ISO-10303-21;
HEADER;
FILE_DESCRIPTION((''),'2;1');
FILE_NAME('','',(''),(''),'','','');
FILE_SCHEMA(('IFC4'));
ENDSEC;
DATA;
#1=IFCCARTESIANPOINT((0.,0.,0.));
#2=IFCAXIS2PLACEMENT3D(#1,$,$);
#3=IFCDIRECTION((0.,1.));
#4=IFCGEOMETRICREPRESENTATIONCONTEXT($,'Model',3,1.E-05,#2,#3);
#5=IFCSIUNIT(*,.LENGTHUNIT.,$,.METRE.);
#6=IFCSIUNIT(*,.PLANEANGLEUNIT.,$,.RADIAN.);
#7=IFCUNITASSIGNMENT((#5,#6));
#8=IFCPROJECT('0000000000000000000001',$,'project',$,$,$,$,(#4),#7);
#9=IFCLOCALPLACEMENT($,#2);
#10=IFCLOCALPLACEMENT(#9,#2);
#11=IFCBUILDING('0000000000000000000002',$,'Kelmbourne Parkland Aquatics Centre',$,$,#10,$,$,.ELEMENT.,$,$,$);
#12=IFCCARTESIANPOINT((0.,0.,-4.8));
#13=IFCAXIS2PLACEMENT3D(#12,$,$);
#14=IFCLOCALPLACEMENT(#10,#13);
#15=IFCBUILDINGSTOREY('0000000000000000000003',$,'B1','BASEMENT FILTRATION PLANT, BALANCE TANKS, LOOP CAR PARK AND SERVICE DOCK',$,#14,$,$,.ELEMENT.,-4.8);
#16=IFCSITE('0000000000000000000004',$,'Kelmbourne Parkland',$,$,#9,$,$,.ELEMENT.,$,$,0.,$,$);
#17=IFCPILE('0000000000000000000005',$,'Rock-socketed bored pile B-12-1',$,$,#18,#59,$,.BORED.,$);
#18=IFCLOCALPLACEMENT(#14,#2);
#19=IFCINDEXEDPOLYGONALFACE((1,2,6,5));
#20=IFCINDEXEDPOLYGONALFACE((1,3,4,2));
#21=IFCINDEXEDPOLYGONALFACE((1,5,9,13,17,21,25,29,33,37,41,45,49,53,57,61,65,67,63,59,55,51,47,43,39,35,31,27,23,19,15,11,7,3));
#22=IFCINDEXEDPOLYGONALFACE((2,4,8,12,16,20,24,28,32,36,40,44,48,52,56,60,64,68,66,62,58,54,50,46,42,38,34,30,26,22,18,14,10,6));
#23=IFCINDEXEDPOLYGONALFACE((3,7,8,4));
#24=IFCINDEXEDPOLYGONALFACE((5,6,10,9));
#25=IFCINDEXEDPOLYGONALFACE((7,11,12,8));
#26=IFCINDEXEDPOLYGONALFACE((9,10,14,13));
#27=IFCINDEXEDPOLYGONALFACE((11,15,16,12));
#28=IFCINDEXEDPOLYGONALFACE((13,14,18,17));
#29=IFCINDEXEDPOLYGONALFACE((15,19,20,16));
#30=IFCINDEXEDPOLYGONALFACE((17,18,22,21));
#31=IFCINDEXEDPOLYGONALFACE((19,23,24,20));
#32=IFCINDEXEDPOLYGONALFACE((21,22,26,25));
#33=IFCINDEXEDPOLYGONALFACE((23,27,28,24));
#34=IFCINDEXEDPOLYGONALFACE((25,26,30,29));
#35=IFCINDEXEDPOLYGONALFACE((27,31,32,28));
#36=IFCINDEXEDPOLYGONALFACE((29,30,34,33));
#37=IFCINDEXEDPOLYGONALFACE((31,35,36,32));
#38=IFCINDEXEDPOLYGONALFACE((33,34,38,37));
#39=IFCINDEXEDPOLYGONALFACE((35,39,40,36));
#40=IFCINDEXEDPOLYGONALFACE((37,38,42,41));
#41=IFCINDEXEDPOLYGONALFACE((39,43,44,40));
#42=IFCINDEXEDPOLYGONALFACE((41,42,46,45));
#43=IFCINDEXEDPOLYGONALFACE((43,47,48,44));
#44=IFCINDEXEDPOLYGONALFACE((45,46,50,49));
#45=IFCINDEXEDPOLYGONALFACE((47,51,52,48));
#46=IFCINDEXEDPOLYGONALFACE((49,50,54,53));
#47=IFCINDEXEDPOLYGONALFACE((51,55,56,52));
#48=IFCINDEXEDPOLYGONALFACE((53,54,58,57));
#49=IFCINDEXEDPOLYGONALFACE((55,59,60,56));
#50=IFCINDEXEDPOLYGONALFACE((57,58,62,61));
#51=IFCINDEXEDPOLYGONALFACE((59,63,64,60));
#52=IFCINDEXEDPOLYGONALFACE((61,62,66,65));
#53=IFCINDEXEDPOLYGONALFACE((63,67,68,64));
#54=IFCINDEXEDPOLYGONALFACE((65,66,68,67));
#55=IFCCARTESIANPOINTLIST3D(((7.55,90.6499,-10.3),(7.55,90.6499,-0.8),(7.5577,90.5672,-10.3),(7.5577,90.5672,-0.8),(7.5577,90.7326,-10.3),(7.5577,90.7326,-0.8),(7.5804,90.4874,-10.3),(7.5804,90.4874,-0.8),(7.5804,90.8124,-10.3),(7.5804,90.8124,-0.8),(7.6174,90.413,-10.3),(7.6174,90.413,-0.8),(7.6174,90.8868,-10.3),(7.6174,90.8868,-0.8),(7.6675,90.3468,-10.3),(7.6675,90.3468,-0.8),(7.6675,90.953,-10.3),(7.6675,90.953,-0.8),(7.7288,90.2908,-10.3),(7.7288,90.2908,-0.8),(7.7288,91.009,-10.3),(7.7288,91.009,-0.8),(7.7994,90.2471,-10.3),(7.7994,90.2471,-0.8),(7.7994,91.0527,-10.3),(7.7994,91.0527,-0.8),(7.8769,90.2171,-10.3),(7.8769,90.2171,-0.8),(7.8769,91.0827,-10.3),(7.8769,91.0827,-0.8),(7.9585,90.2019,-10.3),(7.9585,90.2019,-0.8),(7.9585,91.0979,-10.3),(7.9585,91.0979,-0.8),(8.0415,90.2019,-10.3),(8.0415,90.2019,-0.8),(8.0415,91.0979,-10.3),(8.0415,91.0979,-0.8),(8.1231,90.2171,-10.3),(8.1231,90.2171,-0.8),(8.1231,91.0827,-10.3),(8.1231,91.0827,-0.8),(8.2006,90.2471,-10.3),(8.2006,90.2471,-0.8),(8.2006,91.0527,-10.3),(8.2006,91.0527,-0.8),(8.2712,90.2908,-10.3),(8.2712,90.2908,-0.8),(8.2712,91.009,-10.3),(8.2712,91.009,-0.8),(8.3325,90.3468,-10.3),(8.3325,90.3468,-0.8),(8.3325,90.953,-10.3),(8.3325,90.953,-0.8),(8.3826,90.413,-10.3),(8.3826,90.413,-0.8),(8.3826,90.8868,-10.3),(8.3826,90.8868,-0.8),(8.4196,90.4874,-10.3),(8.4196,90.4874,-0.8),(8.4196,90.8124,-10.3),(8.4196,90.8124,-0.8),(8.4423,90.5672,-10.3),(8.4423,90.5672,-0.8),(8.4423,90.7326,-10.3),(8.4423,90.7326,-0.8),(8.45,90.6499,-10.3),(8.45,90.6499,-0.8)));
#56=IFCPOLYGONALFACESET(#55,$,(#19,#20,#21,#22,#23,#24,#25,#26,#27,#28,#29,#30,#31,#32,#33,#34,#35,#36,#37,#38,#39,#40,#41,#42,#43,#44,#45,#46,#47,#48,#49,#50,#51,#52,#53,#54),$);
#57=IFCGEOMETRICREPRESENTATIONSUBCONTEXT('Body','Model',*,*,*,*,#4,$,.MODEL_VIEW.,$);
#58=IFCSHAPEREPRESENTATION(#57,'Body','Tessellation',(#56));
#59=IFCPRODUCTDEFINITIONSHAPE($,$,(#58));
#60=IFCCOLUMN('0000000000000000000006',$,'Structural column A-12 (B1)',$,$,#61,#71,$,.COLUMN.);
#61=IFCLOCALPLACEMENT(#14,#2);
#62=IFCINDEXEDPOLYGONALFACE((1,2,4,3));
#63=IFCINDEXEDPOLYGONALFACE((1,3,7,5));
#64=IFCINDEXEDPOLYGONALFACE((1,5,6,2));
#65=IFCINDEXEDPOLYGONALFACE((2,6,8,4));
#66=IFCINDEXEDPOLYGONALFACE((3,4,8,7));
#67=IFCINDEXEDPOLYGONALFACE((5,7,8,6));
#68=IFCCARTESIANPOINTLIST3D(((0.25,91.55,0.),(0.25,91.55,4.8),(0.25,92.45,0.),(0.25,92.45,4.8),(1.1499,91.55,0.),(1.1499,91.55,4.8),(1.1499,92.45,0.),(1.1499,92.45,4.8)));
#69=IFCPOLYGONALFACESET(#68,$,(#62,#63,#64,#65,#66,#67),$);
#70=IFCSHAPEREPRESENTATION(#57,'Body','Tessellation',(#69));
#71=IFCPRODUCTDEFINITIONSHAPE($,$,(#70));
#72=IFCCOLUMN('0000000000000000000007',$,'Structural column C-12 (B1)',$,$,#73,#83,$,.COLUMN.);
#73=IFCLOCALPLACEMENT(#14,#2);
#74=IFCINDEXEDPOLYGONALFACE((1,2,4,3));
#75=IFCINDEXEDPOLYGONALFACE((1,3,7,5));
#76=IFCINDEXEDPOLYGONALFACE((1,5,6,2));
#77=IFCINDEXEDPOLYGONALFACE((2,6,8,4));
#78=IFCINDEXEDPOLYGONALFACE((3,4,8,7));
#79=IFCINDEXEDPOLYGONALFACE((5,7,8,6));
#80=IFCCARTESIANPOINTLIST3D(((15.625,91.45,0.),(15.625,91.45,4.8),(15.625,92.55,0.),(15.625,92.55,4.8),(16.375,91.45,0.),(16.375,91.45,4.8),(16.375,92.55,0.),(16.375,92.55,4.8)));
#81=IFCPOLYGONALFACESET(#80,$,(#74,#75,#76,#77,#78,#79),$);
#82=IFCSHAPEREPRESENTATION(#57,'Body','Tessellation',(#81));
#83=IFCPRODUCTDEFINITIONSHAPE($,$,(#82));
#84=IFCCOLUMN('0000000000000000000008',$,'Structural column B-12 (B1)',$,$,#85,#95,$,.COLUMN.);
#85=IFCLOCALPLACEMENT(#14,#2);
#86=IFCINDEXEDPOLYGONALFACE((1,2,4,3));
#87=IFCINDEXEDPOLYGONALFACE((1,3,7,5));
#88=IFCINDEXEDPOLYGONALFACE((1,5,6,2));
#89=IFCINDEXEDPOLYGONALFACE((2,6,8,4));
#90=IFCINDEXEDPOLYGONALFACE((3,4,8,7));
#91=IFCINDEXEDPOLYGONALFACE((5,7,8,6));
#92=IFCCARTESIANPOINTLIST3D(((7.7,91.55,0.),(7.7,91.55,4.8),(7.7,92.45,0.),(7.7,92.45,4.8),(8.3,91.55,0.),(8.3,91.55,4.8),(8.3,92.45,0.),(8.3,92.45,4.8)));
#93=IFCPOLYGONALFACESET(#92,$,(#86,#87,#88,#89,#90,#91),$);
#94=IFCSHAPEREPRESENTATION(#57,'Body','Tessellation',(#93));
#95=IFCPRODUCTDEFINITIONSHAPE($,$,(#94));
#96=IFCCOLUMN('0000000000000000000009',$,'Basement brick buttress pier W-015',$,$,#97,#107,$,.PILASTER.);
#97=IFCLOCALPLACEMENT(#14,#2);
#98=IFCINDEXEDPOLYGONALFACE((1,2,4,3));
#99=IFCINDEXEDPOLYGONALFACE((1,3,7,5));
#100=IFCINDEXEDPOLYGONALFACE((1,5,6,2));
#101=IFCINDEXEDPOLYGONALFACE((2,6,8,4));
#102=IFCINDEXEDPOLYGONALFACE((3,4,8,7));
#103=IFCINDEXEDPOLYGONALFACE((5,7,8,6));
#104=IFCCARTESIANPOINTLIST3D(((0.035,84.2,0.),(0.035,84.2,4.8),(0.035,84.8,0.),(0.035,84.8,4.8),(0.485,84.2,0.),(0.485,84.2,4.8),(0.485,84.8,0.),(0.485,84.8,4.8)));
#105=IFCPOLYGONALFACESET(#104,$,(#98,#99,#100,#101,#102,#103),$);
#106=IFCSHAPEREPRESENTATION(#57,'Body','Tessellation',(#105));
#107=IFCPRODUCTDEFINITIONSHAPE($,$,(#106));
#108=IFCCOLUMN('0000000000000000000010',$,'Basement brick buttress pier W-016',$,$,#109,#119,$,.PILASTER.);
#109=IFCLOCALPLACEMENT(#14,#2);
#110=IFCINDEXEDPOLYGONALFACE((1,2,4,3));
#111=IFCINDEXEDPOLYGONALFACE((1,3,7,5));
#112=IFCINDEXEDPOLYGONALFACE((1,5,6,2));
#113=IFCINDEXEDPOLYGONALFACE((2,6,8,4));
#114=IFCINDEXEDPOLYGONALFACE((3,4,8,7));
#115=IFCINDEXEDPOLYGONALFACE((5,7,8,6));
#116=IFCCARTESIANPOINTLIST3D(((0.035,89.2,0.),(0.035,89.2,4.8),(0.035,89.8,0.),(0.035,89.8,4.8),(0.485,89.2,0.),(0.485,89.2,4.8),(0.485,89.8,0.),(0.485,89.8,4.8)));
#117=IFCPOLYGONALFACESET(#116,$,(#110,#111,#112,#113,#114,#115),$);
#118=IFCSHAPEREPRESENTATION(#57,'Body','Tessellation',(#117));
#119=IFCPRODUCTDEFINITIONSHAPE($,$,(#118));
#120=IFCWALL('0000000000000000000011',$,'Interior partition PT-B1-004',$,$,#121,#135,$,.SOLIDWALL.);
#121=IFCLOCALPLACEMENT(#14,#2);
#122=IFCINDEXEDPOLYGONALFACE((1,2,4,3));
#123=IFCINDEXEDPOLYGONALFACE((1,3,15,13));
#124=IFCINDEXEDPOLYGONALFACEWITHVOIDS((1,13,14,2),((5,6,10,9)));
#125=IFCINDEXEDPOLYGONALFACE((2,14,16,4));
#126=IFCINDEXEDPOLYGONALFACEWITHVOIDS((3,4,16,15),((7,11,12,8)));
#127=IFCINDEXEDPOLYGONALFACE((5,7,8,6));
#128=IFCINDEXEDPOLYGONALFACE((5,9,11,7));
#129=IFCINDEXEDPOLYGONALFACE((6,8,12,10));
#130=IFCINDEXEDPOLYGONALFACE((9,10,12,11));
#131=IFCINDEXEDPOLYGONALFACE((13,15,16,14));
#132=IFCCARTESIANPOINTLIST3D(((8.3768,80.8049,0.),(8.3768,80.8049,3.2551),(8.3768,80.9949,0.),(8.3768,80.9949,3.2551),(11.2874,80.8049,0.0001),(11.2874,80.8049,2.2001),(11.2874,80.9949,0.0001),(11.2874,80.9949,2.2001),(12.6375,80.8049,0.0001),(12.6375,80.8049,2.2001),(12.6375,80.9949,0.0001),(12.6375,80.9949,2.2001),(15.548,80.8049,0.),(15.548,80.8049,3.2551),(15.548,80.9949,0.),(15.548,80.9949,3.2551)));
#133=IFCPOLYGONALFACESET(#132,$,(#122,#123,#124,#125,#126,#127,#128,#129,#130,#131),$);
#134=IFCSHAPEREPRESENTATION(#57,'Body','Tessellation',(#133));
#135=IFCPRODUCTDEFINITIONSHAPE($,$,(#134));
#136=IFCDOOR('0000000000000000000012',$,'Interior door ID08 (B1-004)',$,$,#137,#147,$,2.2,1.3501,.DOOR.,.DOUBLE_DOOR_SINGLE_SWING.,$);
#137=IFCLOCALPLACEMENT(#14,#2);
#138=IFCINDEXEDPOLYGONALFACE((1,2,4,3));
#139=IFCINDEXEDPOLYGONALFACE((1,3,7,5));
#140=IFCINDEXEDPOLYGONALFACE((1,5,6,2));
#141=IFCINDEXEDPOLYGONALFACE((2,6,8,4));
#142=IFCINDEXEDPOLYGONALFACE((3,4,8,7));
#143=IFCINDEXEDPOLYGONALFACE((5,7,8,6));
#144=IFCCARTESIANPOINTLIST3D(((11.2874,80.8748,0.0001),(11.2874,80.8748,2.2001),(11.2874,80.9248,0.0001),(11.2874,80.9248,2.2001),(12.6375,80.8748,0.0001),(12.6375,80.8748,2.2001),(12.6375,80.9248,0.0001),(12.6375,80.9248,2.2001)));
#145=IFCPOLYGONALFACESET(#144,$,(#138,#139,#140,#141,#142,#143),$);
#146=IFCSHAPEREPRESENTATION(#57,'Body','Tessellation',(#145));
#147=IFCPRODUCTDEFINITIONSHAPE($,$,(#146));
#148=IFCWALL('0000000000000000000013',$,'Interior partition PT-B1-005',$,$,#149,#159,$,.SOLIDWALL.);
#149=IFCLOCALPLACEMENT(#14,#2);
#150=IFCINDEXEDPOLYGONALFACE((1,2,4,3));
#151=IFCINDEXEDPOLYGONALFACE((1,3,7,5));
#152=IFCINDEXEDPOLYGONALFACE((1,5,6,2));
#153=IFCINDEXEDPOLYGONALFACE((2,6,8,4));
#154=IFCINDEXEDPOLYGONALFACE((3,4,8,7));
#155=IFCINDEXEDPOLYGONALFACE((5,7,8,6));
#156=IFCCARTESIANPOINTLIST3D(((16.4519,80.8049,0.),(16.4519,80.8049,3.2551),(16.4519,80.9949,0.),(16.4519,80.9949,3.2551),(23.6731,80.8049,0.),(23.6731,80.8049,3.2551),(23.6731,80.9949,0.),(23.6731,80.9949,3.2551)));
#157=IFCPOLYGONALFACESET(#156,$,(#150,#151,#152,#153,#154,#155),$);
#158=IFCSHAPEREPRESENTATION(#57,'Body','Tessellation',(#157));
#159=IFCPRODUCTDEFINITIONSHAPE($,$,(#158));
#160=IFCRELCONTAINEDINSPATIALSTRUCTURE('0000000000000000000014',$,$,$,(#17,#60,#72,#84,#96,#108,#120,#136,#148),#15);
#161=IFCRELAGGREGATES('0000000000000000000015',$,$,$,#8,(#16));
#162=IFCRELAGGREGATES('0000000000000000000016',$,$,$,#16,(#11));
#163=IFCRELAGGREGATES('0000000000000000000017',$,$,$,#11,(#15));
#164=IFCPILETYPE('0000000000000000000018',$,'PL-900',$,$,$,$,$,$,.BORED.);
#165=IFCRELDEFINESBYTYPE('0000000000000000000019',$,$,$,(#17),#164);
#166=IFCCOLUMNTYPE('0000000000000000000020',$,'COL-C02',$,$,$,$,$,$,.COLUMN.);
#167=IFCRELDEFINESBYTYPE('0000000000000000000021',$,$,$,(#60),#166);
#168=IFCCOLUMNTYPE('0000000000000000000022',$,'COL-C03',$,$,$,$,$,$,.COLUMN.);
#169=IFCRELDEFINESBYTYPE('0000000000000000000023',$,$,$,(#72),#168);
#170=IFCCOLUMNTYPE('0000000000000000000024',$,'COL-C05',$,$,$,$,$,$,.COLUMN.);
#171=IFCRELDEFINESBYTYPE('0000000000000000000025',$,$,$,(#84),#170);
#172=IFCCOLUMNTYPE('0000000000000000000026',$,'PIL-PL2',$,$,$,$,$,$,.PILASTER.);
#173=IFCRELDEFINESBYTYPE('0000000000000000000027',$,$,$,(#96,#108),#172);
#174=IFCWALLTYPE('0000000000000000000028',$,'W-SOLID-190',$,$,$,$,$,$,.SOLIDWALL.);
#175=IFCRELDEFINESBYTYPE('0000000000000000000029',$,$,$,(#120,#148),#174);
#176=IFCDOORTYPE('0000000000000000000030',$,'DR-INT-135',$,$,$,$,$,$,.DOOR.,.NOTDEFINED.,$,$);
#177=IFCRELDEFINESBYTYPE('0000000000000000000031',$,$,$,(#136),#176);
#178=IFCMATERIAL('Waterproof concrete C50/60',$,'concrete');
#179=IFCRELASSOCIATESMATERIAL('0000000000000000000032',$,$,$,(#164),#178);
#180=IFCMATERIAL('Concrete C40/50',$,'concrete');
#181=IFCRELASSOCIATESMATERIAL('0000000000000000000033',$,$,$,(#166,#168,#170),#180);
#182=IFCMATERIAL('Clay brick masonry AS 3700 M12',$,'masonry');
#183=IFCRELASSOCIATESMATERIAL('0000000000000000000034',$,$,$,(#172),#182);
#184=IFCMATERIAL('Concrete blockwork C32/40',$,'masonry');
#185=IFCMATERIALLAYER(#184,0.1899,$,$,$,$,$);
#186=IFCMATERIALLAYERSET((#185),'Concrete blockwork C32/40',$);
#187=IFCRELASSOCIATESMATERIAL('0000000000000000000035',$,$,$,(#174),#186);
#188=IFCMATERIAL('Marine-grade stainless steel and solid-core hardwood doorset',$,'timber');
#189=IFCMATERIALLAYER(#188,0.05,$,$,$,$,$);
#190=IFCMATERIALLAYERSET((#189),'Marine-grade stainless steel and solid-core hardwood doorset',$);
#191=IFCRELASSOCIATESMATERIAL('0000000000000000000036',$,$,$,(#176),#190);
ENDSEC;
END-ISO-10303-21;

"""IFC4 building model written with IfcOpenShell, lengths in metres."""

from ifc_helpers import new_model, si_unit, direction, frame, frame_2d, origin, origin_2d, place, context, subcontext, project, spatial, rectangle, circle, extrude, material, layer, layer_set, material_profile, profile_set, type_object, element, fill, save


model = new_model("IFC4")

# Units and contexts
model_context = context("Model", 3, precision=1e-05, world=origin(), true_north=direction((0.0, 1.0)))
body_context = subcontext(model_context, "Body", "Model", "MODEL_VIEW")
ifc_project = project(units=[si_unit("LENGTHUNIT", "METRE"), si_unit("PLANEANGLEUNIT", "RADIAN")], contexts=[model_context])

# Site, building, storey
site_placement = place(None, origin())
site = spatial("IfcSite", under=ifc_project, at=site_placement, Name="Kelmbourne Parkland", CompositionType="ELEMENT", RefElevation=0.0)
building_placement = place(site_placement, origin())
building = spatial("IfcBuilding", under=site, at=building_placement, Name="Kelmbourne Parkland Aquatics Centre", CompositionType="ELEMENT")
storey_placement = place(building_placement, frame((0.0, 0.0, -4.8)))
storey = spatial("IfcBuildingStorey", under=building, at=storey_placement, Name="B1", Description="BASEMENT FILTRATION PLANT, BALANCE TANKS, LOOP CAR PARK AND SERVICE DOCK", CompositionType="ELEMENT", Elevation=-4.8)

# Shared definitions
ifc_material_1 = material(Name="Waterproof concrete C50/60", Category="concrete")

# Pile
ifc_material_profile_1 = material_profile(ifc_material_1, circle(Radius=0.45, at=origin_2d()), Name="PILE D900")
ifc_profile_set_1 = profile_set([ifc_material_profile_1], Name="Waterproof concrete C50/60")
pile_type_1 = type_object("IfcPileType", Name="PL-900", PredefinedType="BORED", material=ifc_profile_set_1)
pile_1_placement = place(storey_placement, frame((8.0, 90.6499, -0.8), z_axis=(0.0, 0.0, -1.0), x_axis=(1.0, 0.0, 0.0)))
element("IfcPile", 1, at=pile_1_placement, inside=storey, type_object=pile_type_1, Name="Rock-socketed bored pile B-12-1", PredefinedType="BORED", context=body_context, shape_type="SweptSolid", body=[
    extrude(circle(Radius=0.45, at=origin_2d()), origin(), (0.0, 0.0, 1.0), 9.5),
])

# Columns
ifc_material_2 = material(Name="Concrete C40/50", Category="concrete")
ifc_material_profile_2 = material_profile(ifc_material_2, rectangle(XDim=0.8999, YDim=0.8999, at=origin_2d()), Name="RC 900x900")
ifc_profile_set_2 = profile_set([ifc_material_profile_2], Name="Concrete C40/50")
column_type_1 = type_object("IfcColumnType", Name="COL-C02", PredefinedType="COLUMN", material=ifc_profile_set_2)
column_1_placement = place(storey_placement, frame((0.7, 92.0, 0.0), z_axis=(0.0, 0.0, 1.0), x_axis=(1.0, 0.0, 0.0)))
element("IfcColumn", 2, at=column_1_placement, inside=storey, type_object=column_type_1, Name="Structural column A-12 (B1)", PredefinedType="COLUMN", context=body_context, shape_type="SweptSolid", body=[
    extrude(rectangle(XDim=0.8999, YDim=0.8999, at=origin_2d()), origin(), (0.0, 0.0, 1.0), 4.8),
])
ifc_material_profile_3 = material_profile(ifc_material_2, rectangle(XDim=0.75, YDim=1.1001, at=origin_2d()), Name="RC 750x1100")
ifc_profile_set_3 = profile_set([ifc_material_profile_3], Name="Concrete C40/50")
column_type_2 = type_object("IfcColumnType", Name="COL-C03", PredefinedType="COLUMN", material=ifc_profile_set_3)
column_2_placement = place(storey_placement, frame((16.0, 92.0, 0.0), z_axis=(0.0, 0.0, 1.0), x_axis=(1.0, 0.0, 0.0)))
element("IfcColumn", 3, at=column_2_placement, inside=storey, type_object=column_type_2, Name="Structural column C-12 (B1)", PredefinedType="COLUMN", context=body_context, shape_type="SweptSolid", body=[
    extrude(rectangle(XDim=0.75, YDim=1.1001, at=origin_2d()), origin(), (0.0, 0.0, 1.0), 4.8),
])
ifc_material_profile_4 = material_profile(ifc_material_2, rectangle(XDim=0.6001, YDim=0.8999, at=origin_2d()), Name="RC 600x900")
ifc_profile_set_4 = profile_set([ifc_material_profile_4], Name="Concrete C40/50")
column_type_3 = type_object("IfcColumnType", Name="COL-C05", PredefinedType="COLUMN", material=ifc_profile_set_4)
column_3_placement = place(storey_placement, frame((8.0, 92.0, 0.0), z_axis=(0.0, 0.0, 1.0), x_axis=(1.0, 0.0, 0.0)))
element("IfcColumn", 4, at=column_3_placement, inside=storey, type_object=column_type_3, Name="Structural column B-12 (B1)", PredefinedType="COLUMN", context=body_context, shape_type="SweptSolid", body=[
    extrude(rectangle(XDim=0.6001, YDim=0.8999, at=origin_2d()), origin(), (0.0, 0.0, 1.0), 4.8),
])
ifc_material_3 = material(Name="Clay brick masonry AS 3700 M12", Category="masonry")
ifc_material_profile_5 = material_profile(ifc_material_3, rectangle(XDim=0.45, YDim=0.6001, at=origin_2d()), Name="PIL 450x600")
ifc_profile_set_5 = profile_set([ifc_material_profile_5], Name="Clay brick masonry AS 3700 M12")
column_type_4 = type_object("IfcColumnType", Name="PIL-PL2", PredefinedType="PILASTER", material=ifc_profile_set_5)
for number, where, z_axis, x_axis, name in (
    (5, (0.26, 84.5, 0.0), (0.0, 0.0, 1.0), (1.0, 0.0, 0.0), "Basement brick buttress pier W-015"),
    (6, (0.26, 89.5, 0.0), (0.0, 0.0, 1.0), (1.0, 0.0, 0.0), "Basement brick buttress pier W-016"),
):
    element("IfcColumn", number, at=place(storey_placement, frame(where, z_axis=z_axis, x_axis=x_axis)), inside=storey, type_object=column_type_4, Name=name, PredefinedType="PILASTER", context=body_context, shape_type="SweptSolid", body=[
        extrude(rectangle(XDim=0.45, YDim=0.6001, at=origin_2d()), origin(), (0.0, 0.0, 1.0), 4.8),
    ])

# Wall, opening, door
ifc_material_4 = material(Name="Concrete blockwork C32/40", Category="masonry")
ifc_layer_1 = layer(ifc_material_4, 0.1899)
ifc_layer_set_1 = layer_set([ifc_layer_1], Name="Concrete blockwork C32/40")
wall_type = type_object("IfcWallType", Name="W-SOLID-190", PredefinedType="SOLIDWALL", material=ifc_layer_set_1)
wall_1_placement = place(storey_placement, frame((8.377, 80.8999, 0.0), z_axis=(0.0, 0.0, 1.0), x_axis=(1.0, 0.0, 0.0)))
wall_1 = element("IfcWall", 7, at=wall_1_placement, inside=storey, type_object=wall_type, Name="Interior partition PT-B1-004", PredefinedType="SOLIDWALL", context=body_context, shape_type="SweptSolid", body=[
    extrude(rectangle(XDim=7.1711, YDim=0.1899, at=frame_2d((3.5854, 0.0))), origin(), (0.0, 0.0, 1.0), 3.2551),
])
opening_placement = place(wall_1_placement, frame((2.9104, 0.0, 0.0)))
opening = element("IfcOpeningElement", 8, at=opening_placement, cuts=wall_1, PredefinedType="OPENING", context=body_context, shape_type="SweptSolid", body=[
    extrude(rectangle(XDim=1.3501, YDim=2.2, at=frame_2d((0.675, 1.1001))), frame((0.0, 0.1069, 0.0), z_axis=(0.0, -1.0, 0.0), x_axis=(1.0, 0.0, 0.0)), (0.0, 0.0, 1.0), 0.2139),
])
ifc_material_5 = material(Name="Marine-grade stainless steel and solid-core hardwood doorset", Category="timber")
ifc_layer_2 = layer(ifc_material_5, 0.05)
ifc_layer_set_2 = layer_set([ifc_layer_2], Name="Marine-grade stainless steel and solid-core hardwood doorset")
door_type = type_object("IfcDoorType", Name="DR-INT-135", OperationType="NOTDEFINED", PredefinedType="DOOR", material=ifc_layer_set_2)
door_placement = place(opening_placement, origin())
door = element("IfcDoor", 9, at=door_placement, inside=storey, type_object=door_type, Name="Interior door ID08 (B1-004)", OperationType="DOUBLE_DOOR_SINGLE_SWING", OverallHeight=2.2, OverallWidth=1.3501, PredefinedType="DOOR", context=body_context, shape_type="SweptSolid", body=[
    extrude(rectangle(XDim=1.3501, YDim=2.2, at=frame_2d((0.675, 1.1001))), frame((0.0, 0.0249, 0.0), z_axis=(0.0, -1.0, 0.0), x_axis=(1.0, 0.0, 0.0)), (0.0, 0.0, 1.0), 0.05),
])
fill(opening, door)

# Wall
wall_2_placement = place(storey_placement, frame((16.4519, 80.8999, 0.0), z_axis=(0.0, 0.0, 1.0), x_axis=(1.0, 0.0, 0.0)))
element("IfcWall", 10, at=wall_2_placement, inside=storey, type_object=wall_type, Name="Interior partition PT-B1-005", PredefinedType="SOLIDWALL", context=body_context, shape_type="SweptSolid", body=[
    extrude(rectangle(XDim=7.2212, YDim=0.1899, at=frame_2d((3.6106, 0.0))), origin(), (0.0, 0.0, 1.0), 3.2551),
])

save(model, "model.ifc")
